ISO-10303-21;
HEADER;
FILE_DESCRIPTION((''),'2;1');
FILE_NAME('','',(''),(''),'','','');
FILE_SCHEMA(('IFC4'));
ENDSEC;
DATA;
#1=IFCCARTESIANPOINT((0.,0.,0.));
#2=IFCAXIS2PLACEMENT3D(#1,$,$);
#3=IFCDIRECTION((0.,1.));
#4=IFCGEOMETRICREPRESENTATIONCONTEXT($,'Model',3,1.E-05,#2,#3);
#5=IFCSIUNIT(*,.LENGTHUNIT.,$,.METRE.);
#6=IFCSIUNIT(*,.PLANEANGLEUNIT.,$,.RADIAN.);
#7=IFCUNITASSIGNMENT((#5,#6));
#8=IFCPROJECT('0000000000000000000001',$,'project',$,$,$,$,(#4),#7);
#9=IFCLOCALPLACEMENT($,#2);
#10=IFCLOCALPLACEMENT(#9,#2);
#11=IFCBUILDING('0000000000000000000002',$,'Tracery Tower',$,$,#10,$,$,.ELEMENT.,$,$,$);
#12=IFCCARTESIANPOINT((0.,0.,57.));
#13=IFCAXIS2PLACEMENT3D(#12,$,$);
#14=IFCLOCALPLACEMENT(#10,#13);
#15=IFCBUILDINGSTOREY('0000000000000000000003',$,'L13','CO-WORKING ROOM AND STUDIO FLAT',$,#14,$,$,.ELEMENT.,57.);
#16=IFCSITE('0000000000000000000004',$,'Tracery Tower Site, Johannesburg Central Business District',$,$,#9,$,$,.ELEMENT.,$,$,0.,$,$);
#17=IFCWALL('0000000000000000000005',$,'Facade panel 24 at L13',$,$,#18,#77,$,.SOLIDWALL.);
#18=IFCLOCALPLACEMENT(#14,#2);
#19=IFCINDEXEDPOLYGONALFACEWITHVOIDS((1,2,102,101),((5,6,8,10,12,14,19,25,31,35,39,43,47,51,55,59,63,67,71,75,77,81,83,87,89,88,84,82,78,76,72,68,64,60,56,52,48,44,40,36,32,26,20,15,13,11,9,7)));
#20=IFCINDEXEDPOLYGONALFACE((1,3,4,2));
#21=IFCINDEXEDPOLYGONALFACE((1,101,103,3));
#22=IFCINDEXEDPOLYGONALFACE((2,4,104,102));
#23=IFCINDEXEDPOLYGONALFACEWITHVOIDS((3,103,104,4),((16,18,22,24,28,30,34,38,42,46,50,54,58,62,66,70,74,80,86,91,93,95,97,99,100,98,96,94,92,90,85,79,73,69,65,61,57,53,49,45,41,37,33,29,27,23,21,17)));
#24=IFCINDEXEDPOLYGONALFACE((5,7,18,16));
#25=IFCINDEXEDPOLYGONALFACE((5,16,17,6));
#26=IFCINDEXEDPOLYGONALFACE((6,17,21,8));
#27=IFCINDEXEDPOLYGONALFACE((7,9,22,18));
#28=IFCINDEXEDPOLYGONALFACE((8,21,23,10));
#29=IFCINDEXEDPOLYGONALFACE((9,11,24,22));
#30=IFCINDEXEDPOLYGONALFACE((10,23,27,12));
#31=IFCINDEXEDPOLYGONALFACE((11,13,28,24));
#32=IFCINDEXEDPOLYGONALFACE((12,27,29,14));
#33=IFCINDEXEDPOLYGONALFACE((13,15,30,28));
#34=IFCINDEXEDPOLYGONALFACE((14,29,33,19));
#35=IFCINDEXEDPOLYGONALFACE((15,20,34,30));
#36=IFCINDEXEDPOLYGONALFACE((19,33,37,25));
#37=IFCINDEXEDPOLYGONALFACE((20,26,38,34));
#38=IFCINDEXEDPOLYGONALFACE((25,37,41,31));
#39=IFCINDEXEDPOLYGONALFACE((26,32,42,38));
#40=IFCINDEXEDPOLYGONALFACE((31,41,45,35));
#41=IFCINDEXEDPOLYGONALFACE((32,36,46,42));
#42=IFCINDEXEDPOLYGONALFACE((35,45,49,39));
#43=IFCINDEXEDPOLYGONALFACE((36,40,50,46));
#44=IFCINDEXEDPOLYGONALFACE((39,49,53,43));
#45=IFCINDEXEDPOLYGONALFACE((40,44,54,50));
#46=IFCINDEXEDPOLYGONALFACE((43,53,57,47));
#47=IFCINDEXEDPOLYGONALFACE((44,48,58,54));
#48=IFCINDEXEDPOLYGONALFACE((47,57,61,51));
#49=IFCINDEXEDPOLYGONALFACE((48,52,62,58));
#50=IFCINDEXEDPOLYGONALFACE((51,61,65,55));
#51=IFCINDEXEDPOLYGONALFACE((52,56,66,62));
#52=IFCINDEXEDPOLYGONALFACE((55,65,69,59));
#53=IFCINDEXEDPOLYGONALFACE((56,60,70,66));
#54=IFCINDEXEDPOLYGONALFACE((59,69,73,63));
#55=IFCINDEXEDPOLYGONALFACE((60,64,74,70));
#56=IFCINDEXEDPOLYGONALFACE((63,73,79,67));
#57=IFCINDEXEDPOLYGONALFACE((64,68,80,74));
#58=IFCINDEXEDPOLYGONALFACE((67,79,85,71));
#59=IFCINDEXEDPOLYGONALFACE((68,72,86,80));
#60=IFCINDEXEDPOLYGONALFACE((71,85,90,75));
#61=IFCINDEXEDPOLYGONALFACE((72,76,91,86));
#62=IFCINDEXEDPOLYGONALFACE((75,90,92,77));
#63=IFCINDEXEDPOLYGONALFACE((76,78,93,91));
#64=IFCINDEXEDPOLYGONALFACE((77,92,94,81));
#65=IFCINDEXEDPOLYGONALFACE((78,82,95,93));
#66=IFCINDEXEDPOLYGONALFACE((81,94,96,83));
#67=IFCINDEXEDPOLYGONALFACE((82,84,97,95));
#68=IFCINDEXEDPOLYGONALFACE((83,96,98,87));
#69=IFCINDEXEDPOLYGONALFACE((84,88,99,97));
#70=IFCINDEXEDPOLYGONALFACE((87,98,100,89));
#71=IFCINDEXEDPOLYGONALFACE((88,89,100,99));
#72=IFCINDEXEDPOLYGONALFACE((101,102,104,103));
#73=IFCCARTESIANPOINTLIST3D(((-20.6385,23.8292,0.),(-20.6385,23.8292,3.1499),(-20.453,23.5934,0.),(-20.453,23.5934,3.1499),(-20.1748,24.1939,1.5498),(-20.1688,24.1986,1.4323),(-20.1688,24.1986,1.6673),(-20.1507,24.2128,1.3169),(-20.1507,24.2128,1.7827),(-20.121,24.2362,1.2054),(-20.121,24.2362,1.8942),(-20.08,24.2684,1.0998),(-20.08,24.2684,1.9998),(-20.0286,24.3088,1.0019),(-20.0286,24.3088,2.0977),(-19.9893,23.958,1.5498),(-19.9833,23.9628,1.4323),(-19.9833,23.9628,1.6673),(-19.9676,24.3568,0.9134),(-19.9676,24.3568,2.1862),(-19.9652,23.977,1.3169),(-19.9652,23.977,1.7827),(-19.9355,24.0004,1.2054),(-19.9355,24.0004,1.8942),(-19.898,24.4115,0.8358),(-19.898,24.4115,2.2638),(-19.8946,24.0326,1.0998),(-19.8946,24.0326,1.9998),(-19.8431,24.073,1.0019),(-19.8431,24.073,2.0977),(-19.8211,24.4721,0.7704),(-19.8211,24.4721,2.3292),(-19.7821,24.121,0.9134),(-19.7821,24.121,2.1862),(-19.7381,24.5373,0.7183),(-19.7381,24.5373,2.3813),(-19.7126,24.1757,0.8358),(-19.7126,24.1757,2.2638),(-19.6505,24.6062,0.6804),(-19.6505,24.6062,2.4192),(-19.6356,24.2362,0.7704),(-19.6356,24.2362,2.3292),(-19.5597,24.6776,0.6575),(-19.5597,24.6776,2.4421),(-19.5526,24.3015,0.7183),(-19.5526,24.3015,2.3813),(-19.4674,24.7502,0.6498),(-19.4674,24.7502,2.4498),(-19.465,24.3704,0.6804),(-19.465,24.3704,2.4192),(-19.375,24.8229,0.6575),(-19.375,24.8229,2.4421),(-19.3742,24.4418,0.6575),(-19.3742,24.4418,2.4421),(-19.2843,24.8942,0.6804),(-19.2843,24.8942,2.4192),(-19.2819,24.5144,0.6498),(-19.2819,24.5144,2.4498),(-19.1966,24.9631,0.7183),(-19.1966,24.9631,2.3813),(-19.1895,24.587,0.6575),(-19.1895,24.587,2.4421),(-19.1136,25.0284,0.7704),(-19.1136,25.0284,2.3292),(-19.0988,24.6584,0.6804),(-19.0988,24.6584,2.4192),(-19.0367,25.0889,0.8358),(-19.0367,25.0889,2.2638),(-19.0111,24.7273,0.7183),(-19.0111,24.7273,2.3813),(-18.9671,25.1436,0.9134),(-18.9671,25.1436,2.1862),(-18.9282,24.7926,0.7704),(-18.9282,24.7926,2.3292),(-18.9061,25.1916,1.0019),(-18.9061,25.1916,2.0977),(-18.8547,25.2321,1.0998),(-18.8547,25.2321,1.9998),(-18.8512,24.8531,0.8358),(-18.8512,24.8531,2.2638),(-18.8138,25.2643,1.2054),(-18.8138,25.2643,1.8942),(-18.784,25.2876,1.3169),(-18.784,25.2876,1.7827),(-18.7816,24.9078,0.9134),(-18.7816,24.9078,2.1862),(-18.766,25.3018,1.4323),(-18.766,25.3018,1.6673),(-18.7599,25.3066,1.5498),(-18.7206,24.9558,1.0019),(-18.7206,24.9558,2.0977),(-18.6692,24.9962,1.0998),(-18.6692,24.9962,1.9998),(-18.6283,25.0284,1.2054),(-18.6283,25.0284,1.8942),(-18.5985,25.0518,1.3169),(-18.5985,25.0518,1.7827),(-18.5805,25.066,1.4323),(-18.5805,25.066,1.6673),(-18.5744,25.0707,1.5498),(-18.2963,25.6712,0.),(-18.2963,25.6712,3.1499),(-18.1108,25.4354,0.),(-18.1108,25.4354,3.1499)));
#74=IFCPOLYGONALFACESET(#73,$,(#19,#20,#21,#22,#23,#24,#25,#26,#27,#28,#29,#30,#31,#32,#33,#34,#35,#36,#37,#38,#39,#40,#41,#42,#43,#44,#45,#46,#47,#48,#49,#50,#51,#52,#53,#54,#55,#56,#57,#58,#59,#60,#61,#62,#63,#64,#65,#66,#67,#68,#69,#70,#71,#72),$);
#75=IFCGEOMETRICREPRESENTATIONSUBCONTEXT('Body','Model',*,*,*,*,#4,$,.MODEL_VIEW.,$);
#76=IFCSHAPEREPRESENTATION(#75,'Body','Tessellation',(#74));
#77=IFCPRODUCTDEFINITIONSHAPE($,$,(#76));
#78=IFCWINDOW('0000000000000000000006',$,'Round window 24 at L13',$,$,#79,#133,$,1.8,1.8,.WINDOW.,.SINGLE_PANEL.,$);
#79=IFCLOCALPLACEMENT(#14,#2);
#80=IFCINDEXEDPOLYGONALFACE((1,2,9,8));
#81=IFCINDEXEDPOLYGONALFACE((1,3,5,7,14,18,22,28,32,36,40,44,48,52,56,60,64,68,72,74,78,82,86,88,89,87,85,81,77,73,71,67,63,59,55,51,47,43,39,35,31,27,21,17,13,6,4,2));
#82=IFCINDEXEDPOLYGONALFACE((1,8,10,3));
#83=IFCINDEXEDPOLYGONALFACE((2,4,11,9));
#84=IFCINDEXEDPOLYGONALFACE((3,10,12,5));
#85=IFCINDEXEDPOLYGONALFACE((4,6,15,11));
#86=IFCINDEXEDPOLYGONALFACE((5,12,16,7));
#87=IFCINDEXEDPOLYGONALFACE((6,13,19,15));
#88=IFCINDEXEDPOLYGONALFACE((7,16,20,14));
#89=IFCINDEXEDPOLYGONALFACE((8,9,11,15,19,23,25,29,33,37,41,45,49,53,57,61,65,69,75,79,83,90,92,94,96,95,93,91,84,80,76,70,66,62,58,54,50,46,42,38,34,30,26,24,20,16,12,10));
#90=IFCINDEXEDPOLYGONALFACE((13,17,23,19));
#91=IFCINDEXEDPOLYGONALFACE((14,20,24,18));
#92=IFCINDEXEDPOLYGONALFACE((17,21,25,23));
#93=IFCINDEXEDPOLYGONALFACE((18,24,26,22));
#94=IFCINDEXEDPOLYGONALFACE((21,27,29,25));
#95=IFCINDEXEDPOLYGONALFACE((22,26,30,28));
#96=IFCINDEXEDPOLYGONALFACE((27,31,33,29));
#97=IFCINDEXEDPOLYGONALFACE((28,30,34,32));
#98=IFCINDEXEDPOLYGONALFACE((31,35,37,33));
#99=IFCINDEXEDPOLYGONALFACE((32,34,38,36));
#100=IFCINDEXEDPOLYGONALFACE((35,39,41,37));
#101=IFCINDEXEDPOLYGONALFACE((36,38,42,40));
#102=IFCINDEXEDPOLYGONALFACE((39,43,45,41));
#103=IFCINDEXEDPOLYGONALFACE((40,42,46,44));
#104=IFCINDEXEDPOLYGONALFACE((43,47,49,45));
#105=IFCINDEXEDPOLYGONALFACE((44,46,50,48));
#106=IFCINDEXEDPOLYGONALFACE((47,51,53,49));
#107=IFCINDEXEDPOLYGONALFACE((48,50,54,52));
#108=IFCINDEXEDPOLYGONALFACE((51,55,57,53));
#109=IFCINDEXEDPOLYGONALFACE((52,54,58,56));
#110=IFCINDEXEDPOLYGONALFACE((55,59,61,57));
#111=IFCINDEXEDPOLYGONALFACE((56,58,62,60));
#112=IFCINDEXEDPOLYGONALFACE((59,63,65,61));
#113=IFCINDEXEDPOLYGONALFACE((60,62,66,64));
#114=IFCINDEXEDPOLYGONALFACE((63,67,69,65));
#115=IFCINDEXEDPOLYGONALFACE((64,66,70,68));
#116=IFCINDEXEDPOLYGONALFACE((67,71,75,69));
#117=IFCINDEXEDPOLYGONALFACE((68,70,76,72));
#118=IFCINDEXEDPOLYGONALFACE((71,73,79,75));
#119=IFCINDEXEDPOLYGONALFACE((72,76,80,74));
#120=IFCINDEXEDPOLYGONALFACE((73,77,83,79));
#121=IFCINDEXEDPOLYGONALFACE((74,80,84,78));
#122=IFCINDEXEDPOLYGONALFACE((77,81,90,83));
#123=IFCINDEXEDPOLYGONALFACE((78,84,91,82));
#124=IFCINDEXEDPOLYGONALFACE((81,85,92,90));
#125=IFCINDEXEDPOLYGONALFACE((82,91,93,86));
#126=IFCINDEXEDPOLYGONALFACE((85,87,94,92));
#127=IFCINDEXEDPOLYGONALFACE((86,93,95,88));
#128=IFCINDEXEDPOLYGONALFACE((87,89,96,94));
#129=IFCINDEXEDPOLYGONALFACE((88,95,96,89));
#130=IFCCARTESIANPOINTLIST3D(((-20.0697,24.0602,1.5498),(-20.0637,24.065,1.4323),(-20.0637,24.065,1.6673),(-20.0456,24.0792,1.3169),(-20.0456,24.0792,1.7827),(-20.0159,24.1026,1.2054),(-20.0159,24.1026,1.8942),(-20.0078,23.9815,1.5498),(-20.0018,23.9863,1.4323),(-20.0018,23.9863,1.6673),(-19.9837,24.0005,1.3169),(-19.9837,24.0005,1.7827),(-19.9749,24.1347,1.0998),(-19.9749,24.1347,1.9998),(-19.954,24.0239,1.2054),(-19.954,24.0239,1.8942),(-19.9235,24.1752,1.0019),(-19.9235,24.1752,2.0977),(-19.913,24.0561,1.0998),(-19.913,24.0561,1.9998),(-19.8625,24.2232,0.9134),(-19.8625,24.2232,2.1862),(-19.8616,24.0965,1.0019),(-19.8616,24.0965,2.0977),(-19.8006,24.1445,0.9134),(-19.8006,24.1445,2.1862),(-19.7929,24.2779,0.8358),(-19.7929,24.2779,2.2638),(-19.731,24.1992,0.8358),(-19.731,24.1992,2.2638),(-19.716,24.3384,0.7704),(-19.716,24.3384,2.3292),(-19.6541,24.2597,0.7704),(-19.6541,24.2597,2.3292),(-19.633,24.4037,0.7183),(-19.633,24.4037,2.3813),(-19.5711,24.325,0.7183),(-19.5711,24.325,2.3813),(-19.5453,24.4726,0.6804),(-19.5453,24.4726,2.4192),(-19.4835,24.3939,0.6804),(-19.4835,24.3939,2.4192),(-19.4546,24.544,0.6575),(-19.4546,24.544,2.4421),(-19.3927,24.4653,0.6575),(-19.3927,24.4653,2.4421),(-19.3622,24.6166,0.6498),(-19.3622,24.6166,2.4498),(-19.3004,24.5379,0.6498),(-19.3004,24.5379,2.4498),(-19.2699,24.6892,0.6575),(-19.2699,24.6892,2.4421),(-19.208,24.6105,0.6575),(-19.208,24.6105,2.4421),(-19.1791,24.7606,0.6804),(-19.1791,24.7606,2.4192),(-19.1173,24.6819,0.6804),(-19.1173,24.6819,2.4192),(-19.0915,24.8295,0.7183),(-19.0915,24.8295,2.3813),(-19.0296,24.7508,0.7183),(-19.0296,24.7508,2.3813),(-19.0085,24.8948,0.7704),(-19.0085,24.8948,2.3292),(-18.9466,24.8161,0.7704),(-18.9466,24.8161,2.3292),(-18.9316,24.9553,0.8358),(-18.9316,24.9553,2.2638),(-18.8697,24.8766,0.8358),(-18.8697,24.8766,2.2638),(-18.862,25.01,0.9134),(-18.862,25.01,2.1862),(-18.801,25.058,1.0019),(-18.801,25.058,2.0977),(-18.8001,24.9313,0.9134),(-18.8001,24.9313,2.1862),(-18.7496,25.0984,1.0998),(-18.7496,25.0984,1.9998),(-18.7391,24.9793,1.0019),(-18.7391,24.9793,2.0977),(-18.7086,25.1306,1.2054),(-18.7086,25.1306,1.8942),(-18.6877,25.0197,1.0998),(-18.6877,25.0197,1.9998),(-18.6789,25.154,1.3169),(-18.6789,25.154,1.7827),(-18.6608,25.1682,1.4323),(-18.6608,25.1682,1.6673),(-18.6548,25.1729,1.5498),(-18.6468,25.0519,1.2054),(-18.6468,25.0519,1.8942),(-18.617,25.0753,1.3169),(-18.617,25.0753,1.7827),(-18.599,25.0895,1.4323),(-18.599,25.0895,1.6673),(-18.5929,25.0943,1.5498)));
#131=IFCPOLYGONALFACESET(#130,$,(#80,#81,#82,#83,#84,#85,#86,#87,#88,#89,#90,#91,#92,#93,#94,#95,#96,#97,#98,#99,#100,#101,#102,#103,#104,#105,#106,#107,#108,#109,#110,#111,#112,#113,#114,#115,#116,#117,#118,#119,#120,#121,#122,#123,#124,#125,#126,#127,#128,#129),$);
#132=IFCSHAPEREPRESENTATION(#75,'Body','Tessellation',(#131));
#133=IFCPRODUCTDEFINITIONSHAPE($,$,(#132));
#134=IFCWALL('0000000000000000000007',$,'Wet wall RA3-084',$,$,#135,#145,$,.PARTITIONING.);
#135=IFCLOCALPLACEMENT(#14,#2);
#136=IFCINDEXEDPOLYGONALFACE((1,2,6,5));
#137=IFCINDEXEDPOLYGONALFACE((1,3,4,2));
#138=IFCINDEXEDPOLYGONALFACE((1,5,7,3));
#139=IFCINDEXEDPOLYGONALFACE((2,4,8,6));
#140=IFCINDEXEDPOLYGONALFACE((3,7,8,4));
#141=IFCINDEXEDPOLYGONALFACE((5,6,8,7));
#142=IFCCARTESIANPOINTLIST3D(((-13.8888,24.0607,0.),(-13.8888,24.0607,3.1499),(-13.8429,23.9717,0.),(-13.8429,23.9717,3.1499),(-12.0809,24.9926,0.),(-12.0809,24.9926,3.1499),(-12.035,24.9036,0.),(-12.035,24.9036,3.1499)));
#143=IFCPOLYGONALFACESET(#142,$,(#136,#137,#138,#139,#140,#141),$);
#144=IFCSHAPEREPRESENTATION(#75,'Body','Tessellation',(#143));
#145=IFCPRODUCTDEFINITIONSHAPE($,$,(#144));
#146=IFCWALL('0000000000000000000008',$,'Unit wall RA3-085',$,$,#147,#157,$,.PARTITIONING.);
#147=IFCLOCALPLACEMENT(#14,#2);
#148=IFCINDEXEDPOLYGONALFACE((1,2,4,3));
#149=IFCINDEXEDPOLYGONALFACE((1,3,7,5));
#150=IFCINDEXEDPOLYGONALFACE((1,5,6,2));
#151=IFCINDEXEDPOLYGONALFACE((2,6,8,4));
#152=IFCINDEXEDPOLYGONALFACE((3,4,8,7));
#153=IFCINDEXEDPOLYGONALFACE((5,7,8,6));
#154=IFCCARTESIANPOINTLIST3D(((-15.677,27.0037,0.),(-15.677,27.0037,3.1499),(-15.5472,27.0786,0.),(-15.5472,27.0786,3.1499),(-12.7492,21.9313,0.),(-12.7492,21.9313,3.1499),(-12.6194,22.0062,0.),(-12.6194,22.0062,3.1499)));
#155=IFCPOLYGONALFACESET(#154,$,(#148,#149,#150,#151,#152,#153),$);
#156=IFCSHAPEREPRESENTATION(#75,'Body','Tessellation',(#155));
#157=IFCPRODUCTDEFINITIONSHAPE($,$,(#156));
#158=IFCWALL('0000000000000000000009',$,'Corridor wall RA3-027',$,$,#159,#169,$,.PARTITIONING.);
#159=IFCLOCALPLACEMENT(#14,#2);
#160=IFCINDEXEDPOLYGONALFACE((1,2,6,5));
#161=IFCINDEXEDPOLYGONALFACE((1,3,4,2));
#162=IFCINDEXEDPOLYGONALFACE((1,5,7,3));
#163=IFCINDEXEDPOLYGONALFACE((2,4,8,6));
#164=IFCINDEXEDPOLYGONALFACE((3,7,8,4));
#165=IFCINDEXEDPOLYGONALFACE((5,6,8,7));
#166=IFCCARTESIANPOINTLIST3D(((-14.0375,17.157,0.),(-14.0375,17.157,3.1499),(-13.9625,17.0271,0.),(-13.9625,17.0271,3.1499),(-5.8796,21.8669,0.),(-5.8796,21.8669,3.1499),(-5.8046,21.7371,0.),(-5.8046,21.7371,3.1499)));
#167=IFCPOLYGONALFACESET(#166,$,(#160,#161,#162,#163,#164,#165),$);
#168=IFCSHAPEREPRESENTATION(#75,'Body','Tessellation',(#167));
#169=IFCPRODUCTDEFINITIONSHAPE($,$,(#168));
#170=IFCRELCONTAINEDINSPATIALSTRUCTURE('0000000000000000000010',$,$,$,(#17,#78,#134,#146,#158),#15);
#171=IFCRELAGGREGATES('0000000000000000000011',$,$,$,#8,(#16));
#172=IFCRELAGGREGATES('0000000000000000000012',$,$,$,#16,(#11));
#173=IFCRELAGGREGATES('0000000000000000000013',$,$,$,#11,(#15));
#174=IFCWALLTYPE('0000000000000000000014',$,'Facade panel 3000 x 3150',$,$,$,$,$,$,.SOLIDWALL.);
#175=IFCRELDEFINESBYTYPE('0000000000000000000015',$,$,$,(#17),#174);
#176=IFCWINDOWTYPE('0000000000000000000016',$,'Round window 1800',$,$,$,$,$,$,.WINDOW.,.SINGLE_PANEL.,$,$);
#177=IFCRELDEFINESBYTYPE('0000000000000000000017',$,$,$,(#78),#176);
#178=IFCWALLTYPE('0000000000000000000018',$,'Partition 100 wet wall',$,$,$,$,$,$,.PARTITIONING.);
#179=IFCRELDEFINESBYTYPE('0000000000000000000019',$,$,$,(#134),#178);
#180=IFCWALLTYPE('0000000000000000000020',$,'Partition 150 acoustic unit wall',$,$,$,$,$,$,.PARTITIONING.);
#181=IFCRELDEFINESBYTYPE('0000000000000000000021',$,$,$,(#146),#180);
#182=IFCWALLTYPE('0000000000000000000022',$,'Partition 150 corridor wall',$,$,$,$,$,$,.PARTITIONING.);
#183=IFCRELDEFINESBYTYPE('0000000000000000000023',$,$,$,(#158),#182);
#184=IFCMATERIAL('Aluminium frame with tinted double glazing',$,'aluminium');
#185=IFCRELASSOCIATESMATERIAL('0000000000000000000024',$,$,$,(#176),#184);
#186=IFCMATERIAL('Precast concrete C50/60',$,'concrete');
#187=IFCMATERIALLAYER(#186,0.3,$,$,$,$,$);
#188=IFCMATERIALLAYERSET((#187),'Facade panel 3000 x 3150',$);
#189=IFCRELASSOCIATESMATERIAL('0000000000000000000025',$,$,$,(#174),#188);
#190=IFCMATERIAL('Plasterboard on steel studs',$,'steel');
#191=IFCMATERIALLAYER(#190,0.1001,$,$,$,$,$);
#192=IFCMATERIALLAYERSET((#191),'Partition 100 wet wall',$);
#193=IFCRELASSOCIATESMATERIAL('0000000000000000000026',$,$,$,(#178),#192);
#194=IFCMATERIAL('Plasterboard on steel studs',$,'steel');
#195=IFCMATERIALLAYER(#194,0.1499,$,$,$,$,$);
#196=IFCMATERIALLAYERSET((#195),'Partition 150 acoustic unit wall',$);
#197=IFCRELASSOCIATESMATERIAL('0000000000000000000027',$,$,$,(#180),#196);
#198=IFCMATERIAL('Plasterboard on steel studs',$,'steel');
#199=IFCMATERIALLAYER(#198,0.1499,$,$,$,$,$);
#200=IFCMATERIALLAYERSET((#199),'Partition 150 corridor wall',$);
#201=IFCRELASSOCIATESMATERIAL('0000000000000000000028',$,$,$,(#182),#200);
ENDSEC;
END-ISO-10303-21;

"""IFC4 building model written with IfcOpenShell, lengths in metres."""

from ifc_helpers import new_model, si_unit, direction, frame, frame_2d, origin, origin_2d, place, context, subcontext, project, spatial, rectangle, circle, extrude, material, layer, layer_set, type_object, element, fill, save


model = new_model("IFC4")

# Units and contexts
model_context = context("Model", 3, precision=1e-05, world=origin(), true_north=direction((0.0, 1.0)))
body_context = subcontext(model_context, "Body", "Model", "MODEL_VIEW")
ifc_project = project(units=[si_unit("LENGTHUNIT", "METRE"), si_unit("PLANEANGLEUNIT", "RADIAN")], contexts=[model_context])

# Site, building, storey
site_placement = place(None, origin())
site = spatial("IfcSite", under=ifc_project, at=site_placement, Name="Tracery Tower Site, Johannesburg Central Business District", CompositionType="ELEMENT", RefElevation=0.0)
building_placement = place(site_placement, origin())
building = spatial("IfcBuilding", under=site, at=building_placement, Name="Tracery Tower", CompositionType="ELEMENT")
storey_placement = place(building_placement, frame((0.0, 0.0, 57.0)))
storey = spatial("IfcBuildingStorey", under=building, at=storey_placement, Name="L13", Description="CO-WORKING ROOM AND STUDIO FLAT", CompositionType="ELEMENT", Elevation=57.0)

# Wall, opening, window
ifc_material_1 = material(Name="Aluminium frame with tinted double glazing", Category="aluminium")
window_type = type_object("IfcWindowType", Name="Round window 1800", PartitioningType="SINGLE_PANEL", PredefinedType="WINDOW", material=ifc_material_1)
ifc_material_2 = material(Name="Precast concrete C50/60", Category="concrete")
ifc_layer_1 = layer(ifc_material_2, 0.3)
ifc_layer_set_1 = layer_set([ifc_layer_1], Name="Facade panel 3000 x 3150")
wall_type_1 = type_object("IfcWallType", Name="Facade panel 3000 x 3150", PredefinedType="SOLIDWALL", material=ifc_layer_set_1)
wall_1_placement = place(storey_placement, frame((-18.2036, 25.5532, 0.0), z_axis=(0.0, 0.0, 1.0), x_axis=(-0.786045, -0.618169, 0.0)))
wall_1 = element("IfcWall", 1, at=wall_1_placement, inside=storey, type_object=wall_type_1, Name="Facade panel 24 at L13", PredefinedType="SOLIDWALL", context=body_context, shape_type="SweptSolid", body=[
    extrude(rectangle(XDim=2.9797, YDim=0.3, at=frame_2d((1.4897, 0.0))), origin(), (0.0, 0.0, 1.0), 3.1499),
])
opening_1_placement = place(wall_1_placement, frame((1.4897, 0.0, 1.5498)))
opening_1 = element("IfcOpeningElement", 2, at=opening_1_placement, cuts=wall_1, PredefinedType="OPENING", context=body_context, shape_type="SweptSolid", body=[
    extrude(circle(Radius=0.9, at=origin_2d()), frame((0.0, 0.1599, 0.0), z_axis=(0.0, -1.0, 0.0), x_axis=(1.0, 0.0, 0.0)), (0.0, 0.0, 1.0), 0.3201),
])
window_1_placement = place(opening_1_placement, origin())
window_1 = element("IfcWindow", 3, at=window_1_placement, inside=storey, type_object=window_type, Name="Round window 24 at L13", OverallHeight=1.8, OverallWidth=1.8, PartitioningType="SINGLE_PANEL", PredefinedType="WINDOW", context=body_context, shape_type="SweptSolid", body=[
    extrude(circle(Radius=0.9, at=origin_2d()), frame((0.0, 0.1201, 0.0), z_axis=(0.0, -1.0, 0.0), x_axis=(1.0, 0.0, 0.0)), (0.0, 0.0, 1.0), 0.1001),
])
fill(opening_1, window_1)

# Walls
ifc_material_3 = material(Name="Plasterboard on steel studs", Category="steel")
ifc_layer_2 = layer(ifc_material_3, 0.1001)
ifc_layer_set_2 = layer_set([ifc_layer_2], Name="Partition 100 wet wall")
wall_type_2 = type_object("IfcWallType", Name="Partition 100 wet wall", PredefinedType="PARTITIONING", material=ifc_layer_set_2)
wall_2_placement = place(storey_placement, frame((-13.866, 24.0161, 0.0), z_axis=(0.0, 0.0, 1.0), x_axis=(0.888862, 0.458175, 0.0)))
element("IfcWall", 4, at=wall_2_placement, inside=storey, type_object=wall_type_2, Name="Wet wall RA3-084", PredefinedType="PARTITIONING", context=body_context, shape_type="SweptSolid", body=[
    extrude(rectangle(XDim=2.0339, YDim=0.1001, at=frame_2d((1.0171, 0.0))), origin(), (0.0, 0.0, 1.0), 3.1499),
])
ifc_material_4 = material(Name="Plasterboard on steel studs", Category="steel")
ifc_layer_3 = layer(ifc_material_4, 0.1499)
ifc_layer_set_3 = layer_set([ifc_layer_3], Name="Partition 150 acoustic unit wall")
wall_type_3 = type_object("IfcWallType", Name="Partition 150 acoustic unit wall", PredefinedType="PARTITIONING", material=ifc_layer_set_3)
wall_3_placement = place(storey_placement, frame((-15.6121, 27.041, 0.0), z_axis=(0.0, 0.0, 1.0), x_axis=(0.499905, -0.86608, 0.0)))
element("IfcWall", 5, at=wall_3_placement, inside=storey, type_object=wall_type_3, Name="Unit wall RA3-085", PredefinedType="PARTITIONING", context=body_context, shape_type="SweptSolid", body=[
    extrude(rectangle(XDim=5.8567, YDim=0.1499, at=frame_2d((2.9282, 0.0))), origin(), (0.0, 0.0, 1.0), 3.1499),
])
ifc_material_5 = material(Name="Plasterboard on steel studs", Category="steel")
ifc_layer_4 = layer(ifc_material_5, 0.1499)
ifc_layer_set_4 = layer_set([ifc_layer_4], Name="Partition 150 corridor wall")
wall_type_4 = type_object("IfcWallType", Name="Partition 150 corridor wall", PredefinedType="PARTITIONING", material=ifc_layer_set_4)
wall_4_placement = place(storey_placement, frame((-14.0, 17.092, 0.0), z_axis=(0.0, 0.0, 1.0), x_axis=(0.866027, 0.499997, 0.0)))
element("IfcWall", 6, at=wall_4_placement, inside=storey, type_object=wall_type_4, Name="Corridor wall RA3-027", PredefinedType="PARTITIONING", context=body_context, shape_type="SweptSolid", body=[
    extrude(rectangle(XDim=9.4199, YDim=0.1499, at=frame_2d((4.71, 0.0))), origin(), (0.0, 0.0, 1.0), 3.1499),
])

save(model, "model.ifc")
